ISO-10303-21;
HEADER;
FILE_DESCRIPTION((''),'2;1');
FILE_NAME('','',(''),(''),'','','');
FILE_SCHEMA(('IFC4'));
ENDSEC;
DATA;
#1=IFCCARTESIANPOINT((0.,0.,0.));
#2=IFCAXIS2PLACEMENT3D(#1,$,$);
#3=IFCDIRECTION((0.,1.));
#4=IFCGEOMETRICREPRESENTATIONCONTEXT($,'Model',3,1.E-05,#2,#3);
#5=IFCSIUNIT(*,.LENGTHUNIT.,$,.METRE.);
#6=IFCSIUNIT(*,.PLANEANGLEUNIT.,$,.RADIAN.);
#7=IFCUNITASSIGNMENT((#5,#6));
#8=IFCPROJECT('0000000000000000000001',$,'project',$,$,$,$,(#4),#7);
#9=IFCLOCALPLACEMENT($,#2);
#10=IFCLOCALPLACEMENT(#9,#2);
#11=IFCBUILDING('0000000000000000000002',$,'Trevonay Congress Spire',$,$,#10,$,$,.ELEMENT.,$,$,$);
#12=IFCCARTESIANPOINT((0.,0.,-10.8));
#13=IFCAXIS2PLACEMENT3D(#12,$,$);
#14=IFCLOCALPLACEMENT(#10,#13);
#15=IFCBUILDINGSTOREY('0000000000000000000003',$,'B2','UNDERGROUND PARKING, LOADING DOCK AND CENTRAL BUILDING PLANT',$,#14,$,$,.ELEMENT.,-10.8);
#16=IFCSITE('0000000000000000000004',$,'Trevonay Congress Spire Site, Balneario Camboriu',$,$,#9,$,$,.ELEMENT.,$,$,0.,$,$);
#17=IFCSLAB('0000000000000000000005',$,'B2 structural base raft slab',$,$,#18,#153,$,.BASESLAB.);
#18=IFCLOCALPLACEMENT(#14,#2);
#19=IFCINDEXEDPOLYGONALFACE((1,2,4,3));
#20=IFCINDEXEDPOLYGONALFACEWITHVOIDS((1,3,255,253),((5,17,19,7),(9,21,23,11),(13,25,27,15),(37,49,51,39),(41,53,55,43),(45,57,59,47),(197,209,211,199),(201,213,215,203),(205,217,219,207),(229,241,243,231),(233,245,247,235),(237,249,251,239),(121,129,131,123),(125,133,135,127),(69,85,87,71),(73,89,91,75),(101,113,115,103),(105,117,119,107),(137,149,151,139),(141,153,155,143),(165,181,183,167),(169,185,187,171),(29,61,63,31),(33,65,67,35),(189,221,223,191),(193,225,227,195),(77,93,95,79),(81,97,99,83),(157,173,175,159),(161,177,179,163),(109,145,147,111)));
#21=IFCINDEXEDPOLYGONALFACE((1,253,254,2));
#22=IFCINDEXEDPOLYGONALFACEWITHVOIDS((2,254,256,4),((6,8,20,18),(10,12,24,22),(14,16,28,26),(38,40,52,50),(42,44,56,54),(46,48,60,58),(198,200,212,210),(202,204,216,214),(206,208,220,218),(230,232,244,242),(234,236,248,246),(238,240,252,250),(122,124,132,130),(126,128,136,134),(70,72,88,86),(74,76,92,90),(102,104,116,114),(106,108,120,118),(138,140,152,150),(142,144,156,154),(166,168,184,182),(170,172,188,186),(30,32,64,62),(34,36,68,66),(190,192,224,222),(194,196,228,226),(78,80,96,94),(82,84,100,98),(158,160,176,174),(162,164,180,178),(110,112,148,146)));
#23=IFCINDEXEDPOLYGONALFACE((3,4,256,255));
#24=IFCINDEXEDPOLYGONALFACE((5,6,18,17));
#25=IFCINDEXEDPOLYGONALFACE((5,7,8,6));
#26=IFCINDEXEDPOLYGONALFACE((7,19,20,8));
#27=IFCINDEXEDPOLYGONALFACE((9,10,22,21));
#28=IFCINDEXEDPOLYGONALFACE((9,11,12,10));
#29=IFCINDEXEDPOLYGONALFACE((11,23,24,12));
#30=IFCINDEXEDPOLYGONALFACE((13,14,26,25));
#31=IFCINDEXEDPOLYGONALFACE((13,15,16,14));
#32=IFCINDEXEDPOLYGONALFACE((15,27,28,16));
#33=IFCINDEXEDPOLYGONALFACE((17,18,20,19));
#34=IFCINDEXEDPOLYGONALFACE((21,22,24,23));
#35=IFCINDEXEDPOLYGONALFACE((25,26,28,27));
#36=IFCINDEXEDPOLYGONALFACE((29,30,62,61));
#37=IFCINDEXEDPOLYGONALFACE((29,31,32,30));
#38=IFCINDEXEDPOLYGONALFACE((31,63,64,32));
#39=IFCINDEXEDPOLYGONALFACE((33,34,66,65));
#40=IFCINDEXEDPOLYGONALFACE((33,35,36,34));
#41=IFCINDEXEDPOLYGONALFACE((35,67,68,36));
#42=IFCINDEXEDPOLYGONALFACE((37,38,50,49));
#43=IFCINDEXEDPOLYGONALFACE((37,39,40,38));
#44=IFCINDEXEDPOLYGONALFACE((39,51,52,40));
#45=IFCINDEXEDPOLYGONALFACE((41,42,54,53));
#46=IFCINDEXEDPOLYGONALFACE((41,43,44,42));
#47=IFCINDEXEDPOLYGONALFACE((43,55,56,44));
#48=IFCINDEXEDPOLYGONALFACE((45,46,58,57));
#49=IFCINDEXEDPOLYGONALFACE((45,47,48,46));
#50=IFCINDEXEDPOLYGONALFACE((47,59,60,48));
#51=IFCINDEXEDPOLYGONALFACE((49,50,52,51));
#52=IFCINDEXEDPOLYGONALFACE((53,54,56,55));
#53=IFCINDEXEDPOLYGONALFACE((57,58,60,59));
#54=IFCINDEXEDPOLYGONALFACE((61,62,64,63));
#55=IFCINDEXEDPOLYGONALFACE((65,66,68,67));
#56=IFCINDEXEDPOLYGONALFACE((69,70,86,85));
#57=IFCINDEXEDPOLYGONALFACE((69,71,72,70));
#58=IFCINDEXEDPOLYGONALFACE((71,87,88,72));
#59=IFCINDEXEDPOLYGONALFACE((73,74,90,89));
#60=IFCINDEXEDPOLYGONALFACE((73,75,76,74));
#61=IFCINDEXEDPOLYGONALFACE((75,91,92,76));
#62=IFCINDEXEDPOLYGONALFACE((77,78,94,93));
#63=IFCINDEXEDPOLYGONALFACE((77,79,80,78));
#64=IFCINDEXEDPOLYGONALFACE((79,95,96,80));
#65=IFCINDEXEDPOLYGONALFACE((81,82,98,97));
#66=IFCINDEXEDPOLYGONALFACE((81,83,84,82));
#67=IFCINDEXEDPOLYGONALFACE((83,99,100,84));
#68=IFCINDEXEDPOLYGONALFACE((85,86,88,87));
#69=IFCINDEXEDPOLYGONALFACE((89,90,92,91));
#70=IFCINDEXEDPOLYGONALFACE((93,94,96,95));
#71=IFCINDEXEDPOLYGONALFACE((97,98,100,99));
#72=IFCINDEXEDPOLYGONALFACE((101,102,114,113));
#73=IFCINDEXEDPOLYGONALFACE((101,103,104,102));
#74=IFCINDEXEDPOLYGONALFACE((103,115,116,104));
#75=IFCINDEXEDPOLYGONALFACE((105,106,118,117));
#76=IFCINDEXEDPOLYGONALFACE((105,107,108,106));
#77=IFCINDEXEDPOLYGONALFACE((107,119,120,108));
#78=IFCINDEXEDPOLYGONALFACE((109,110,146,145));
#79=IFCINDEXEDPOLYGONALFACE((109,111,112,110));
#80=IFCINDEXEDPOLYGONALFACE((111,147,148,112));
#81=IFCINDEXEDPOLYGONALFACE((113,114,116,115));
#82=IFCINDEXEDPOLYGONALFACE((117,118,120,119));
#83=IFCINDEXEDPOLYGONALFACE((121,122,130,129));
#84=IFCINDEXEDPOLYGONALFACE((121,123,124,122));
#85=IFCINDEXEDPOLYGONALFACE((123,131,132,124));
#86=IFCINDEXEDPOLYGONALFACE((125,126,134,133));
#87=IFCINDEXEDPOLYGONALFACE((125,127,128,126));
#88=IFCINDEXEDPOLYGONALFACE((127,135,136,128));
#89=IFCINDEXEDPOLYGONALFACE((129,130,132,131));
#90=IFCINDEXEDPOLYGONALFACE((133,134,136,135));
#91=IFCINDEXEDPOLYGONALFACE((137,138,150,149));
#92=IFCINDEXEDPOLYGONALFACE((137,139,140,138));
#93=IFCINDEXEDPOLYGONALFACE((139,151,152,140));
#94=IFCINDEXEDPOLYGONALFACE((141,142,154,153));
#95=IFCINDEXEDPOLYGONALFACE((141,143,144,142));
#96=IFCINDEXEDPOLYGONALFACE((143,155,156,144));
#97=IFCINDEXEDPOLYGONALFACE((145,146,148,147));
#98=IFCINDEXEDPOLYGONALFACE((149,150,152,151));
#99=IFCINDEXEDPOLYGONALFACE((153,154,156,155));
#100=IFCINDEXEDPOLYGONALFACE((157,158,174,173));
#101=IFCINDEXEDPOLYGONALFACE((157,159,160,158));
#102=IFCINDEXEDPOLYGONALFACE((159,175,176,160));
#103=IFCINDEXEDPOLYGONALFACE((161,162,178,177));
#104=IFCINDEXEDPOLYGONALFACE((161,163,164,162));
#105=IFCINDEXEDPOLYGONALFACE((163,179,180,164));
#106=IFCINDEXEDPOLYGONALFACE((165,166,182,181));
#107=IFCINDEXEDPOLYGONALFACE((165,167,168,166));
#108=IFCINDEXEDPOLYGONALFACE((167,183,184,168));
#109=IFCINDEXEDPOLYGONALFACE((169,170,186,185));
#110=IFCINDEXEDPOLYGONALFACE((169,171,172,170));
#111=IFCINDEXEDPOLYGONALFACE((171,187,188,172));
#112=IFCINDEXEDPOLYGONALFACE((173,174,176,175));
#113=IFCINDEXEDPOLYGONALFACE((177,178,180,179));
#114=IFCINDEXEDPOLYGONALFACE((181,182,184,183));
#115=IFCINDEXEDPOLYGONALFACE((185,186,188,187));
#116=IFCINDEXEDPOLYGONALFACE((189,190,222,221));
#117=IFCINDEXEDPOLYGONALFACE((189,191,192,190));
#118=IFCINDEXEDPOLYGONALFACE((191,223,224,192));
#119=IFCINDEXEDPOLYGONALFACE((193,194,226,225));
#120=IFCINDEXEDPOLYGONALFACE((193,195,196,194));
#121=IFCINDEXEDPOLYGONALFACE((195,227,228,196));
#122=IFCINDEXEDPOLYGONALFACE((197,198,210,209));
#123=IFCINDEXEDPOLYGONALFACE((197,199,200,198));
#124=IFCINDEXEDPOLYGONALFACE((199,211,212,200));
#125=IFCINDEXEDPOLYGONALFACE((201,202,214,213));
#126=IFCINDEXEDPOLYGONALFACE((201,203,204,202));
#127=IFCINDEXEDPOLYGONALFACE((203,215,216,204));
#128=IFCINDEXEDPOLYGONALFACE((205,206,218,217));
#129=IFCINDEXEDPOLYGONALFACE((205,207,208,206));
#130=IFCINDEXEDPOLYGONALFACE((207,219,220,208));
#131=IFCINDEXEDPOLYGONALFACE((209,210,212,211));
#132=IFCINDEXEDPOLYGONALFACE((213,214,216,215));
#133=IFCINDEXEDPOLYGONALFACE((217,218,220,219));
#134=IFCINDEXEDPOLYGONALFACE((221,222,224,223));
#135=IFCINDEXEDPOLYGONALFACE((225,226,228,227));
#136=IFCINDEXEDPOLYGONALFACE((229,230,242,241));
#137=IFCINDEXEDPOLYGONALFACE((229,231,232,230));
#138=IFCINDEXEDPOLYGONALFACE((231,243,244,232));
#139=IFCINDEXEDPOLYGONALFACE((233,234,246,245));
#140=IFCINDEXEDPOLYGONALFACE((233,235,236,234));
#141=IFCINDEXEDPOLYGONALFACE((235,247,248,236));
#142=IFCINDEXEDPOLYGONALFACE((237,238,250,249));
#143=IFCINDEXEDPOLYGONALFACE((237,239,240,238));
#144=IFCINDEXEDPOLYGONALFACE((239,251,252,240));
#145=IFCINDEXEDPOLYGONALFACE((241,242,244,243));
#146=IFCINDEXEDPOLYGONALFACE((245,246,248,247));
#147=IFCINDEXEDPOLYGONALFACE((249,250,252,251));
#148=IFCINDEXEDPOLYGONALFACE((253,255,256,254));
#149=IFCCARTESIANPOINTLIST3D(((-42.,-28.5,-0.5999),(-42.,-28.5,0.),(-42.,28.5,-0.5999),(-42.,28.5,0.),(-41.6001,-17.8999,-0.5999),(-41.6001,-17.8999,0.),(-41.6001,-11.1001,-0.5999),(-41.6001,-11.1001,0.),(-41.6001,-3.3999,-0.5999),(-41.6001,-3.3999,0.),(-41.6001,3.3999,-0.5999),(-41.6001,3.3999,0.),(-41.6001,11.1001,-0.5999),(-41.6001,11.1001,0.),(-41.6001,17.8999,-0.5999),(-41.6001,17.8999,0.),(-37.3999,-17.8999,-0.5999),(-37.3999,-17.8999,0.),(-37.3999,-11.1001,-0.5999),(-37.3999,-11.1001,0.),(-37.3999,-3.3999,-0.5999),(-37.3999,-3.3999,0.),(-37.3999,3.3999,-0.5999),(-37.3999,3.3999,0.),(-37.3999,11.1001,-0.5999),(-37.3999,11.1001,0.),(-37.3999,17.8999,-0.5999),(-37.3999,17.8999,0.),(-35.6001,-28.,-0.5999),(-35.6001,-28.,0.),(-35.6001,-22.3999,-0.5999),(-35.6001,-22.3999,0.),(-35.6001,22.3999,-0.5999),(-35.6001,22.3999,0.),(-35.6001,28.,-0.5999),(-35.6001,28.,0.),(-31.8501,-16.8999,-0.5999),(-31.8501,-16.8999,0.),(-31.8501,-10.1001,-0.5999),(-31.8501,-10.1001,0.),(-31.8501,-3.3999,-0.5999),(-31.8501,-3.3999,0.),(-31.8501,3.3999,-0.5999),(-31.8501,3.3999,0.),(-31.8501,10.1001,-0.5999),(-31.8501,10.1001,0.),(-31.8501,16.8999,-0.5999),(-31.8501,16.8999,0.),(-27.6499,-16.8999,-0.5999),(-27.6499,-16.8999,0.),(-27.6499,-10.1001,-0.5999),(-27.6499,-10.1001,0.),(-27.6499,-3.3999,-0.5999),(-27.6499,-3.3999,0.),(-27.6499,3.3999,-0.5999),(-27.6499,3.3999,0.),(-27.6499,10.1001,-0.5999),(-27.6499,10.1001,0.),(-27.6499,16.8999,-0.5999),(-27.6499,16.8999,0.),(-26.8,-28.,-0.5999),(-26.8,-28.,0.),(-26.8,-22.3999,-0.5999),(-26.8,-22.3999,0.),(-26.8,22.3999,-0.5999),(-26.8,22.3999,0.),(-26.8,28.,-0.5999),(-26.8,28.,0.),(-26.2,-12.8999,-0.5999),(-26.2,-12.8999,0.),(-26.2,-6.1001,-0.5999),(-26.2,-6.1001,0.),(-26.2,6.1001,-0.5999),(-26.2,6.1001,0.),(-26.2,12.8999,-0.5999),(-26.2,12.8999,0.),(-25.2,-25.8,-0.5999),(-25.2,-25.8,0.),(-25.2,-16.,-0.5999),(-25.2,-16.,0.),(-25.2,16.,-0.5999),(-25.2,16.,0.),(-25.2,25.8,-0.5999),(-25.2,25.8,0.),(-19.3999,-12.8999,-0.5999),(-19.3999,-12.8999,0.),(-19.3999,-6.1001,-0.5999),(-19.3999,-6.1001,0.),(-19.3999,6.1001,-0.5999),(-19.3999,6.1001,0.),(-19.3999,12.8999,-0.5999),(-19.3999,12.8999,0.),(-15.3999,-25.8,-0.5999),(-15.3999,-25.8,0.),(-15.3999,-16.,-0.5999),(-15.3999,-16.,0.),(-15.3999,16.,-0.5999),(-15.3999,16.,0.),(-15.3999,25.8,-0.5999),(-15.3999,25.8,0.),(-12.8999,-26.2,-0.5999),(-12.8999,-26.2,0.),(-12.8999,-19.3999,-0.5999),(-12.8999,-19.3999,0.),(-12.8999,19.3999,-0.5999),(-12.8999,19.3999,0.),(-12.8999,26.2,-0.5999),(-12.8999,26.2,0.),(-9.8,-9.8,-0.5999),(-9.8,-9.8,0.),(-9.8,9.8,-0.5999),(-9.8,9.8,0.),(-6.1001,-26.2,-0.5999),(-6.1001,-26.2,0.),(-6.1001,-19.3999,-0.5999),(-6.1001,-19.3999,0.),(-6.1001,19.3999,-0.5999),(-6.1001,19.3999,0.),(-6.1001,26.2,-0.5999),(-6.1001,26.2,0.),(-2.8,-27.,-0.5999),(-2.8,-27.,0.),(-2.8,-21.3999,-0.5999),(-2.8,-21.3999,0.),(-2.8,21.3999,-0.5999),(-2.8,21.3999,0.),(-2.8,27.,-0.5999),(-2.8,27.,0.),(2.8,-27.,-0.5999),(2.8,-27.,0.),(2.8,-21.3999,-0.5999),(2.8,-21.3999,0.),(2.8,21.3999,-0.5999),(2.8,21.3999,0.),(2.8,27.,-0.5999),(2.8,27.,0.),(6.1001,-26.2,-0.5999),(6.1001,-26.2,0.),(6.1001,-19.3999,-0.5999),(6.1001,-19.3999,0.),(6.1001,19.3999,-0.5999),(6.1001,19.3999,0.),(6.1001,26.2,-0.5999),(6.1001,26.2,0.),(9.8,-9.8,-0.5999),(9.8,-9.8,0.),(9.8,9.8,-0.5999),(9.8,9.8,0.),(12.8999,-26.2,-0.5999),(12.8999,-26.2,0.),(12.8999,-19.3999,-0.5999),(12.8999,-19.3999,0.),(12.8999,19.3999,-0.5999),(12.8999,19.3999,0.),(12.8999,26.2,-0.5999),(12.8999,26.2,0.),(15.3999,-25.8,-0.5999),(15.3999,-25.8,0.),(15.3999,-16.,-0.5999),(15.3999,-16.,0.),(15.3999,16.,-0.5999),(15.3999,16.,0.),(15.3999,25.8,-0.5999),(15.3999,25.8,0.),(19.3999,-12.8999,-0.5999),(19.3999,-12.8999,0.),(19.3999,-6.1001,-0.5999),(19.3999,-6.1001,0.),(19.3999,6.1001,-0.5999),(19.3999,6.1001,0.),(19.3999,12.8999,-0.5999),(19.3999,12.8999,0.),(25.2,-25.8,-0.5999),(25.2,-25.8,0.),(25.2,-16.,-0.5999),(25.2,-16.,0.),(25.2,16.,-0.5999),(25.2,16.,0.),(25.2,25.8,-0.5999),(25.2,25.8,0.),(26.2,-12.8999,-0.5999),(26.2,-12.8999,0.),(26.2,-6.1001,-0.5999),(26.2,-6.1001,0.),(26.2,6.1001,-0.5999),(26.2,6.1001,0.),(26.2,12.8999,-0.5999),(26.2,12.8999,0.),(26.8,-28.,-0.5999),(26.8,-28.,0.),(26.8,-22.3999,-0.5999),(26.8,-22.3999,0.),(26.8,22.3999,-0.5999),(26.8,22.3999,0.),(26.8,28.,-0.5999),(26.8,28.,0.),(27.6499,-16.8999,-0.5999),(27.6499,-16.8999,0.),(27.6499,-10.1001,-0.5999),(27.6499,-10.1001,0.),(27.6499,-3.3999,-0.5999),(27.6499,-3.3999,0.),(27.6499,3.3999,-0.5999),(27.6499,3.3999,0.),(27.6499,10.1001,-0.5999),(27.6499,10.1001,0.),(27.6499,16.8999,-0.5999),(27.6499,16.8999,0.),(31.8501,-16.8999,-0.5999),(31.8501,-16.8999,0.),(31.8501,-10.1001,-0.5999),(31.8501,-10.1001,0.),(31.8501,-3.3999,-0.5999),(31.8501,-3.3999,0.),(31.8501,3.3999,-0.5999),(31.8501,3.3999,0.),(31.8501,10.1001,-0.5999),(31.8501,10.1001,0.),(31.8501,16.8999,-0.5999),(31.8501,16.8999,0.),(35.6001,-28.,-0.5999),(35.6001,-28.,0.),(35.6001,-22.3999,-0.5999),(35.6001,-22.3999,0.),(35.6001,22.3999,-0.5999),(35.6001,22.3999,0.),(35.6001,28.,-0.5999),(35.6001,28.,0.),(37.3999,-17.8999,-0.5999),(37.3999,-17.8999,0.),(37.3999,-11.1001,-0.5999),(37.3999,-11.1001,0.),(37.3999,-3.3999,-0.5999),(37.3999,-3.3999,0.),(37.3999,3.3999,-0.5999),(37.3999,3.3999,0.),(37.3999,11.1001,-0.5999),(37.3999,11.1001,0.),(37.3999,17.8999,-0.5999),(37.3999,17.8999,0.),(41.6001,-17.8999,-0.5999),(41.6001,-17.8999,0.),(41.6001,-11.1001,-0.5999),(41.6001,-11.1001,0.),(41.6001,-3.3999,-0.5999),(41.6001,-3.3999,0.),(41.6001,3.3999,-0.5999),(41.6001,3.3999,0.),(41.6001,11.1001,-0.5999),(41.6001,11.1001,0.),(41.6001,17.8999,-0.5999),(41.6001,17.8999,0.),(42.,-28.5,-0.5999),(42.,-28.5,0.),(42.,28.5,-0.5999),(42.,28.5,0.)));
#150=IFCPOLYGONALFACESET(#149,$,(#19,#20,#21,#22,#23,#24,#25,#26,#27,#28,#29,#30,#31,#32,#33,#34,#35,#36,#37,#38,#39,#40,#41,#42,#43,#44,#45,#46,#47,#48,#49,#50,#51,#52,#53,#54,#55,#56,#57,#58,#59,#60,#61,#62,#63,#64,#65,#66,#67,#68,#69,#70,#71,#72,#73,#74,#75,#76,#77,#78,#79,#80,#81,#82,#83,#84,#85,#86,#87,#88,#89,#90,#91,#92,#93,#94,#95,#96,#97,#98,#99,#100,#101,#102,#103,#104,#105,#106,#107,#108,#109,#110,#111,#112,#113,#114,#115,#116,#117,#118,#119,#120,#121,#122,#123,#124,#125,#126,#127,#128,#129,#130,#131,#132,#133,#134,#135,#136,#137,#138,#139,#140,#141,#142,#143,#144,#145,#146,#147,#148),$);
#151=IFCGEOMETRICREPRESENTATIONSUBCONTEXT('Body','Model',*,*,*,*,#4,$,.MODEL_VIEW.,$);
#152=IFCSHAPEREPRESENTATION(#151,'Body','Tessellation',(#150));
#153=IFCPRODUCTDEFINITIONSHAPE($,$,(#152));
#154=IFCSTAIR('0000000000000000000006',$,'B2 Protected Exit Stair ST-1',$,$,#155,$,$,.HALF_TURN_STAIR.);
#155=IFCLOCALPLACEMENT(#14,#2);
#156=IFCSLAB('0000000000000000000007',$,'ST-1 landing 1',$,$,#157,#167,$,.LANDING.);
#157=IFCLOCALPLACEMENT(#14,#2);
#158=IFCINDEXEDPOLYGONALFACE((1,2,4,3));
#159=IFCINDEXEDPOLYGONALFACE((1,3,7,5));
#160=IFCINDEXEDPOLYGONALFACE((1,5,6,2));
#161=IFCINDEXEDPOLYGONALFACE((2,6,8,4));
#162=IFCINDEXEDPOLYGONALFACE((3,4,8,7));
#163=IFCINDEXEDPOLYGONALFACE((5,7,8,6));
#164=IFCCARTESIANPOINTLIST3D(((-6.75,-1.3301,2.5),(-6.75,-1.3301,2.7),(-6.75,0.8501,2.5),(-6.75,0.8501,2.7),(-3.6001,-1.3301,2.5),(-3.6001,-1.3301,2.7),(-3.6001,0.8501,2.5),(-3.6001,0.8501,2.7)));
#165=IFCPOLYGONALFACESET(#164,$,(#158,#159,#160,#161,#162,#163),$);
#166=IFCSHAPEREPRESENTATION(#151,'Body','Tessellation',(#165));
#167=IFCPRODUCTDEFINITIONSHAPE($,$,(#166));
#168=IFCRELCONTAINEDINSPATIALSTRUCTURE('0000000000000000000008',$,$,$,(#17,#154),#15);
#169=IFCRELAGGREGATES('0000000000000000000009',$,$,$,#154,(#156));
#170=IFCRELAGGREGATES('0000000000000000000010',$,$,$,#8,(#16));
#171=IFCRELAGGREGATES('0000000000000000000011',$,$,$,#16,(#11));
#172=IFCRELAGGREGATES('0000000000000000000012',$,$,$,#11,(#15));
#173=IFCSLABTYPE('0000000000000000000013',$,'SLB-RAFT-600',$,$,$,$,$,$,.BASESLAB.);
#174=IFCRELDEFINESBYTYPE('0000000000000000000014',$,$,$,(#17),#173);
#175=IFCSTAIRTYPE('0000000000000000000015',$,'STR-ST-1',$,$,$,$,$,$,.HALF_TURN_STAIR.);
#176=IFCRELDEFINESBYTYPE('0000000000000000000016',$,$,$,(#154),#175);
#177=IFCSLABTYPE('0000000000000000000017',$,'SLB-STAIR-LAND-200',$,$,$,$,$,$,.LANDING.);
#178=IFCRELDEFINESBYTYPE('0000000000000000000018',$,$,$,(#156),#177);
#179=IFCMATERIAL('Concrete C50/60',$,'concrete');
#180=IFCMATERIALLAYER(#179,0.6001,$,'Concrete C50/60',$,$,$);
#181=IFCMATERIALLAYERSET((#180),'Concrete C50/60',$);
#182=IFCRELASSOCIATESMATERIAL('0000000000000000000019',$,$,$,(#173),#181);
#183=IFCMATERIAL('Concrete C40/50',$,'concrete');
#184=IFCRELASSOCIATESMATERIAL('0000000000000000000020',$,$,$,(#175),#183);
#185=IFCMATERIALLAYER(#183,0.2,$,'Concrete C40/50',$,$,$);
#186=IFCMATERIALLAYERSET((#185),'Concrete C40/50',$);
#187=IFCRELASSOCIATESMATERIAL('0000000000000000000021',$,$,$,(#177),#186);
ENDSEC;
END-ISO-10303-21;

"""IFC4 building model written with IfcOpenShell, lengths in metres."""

from ifc_helpers import new_model, si_unit, direction, frame, origin, place, context, subcontext, project, spatial, polyline, outline, extrude, material, layer, layer_set, type_object, element, aggregate, save


model = new_model("IFC4")

# Units and contexts
model_context = context("Model", 3, precision=1e-05, world=origin(), true_north=direction((0.0, 1.0)))
body_context = subcontext(model_context, "Body", "Model", "MODEL_VIEW")
ifc_project = project(units=[si_unit("LENGTHUNIT", "METRE"), si_unit("PLANEANGLEUNIT", "RADIAN")], contexts=[model_context])

# Site, building, storey
site_placement = place(None, origin())
site = spatial("IfcSite", under=ifc_project, at=site_placement, Name="Trevonay Congress Spire Site, Balneario Camboriu", CompositionType="ELEMENT", RefElevation=0.0)
building_placement = place(site_placement, origin())
building = spatial("IfcBuilding", under=site, at=building_placement, Name="Trevonay Congress Spire", CompositionType="ELEMENT")
storey_placement = place(building_placement, frame((0.0, 0.0, -10.8)))
storey = spatial("IfcBuildingStorey", under=building, at=storey_placement, Name="B2", Description="UNDERGROUND PARKING, LOADING DOCK AND CENTRAL BUILDING PLANT", CompositionType="ELEMENT", Elevation=-10.8)

# Shared definitions
ifc_material_1 = material(Name="Concrete C50/60", Category="concrete")

# Slab
ifc_layer_1 = layer(ifc_material_1, 0.6001, Name="Concrete C50/60")
ifc_layer_set_1 = layer_set([ifc_layer_1], Name="Concrete C50/60")
slab_type_1 = type_object("IfcSlabType", Name="SLB-RAFT-600", PredefinedType="BASESLAB", material=ifc_layer_set_1)
slab_1_placement = place(storey_placement, frame((0.0, 0.0, -0.5999)))
element("IfcSlab", 1, at=slab_1_placement, inside=storey, type_object=slab_type_1, Name="B2 structural base raft slab", PredefinedType="BASESLAB", context=body_context, shape_type="SweptSolid", body=[
    extrude(outline(polyline([(-42.0, -28.5), (42.0, -28.5), (42.0, 28.5), (-42.0, 28.5), (-42.0, -28.5)]), holes=[polyline([(-9.8, -9.8), (9.8, -9.8), (9.8, 9.8), (-9.8, 9.8), (-9.8, -9.8)]), polyline([(-12.8999, -26.2), (-6.1001, -26.2), (-6.1001, -19.3999), (-12.8999, -19.3999), (-12.8999, -26.2)]), polyline([(6.1001, -26.2), (12.8999, -26.2), (12.8999, -19.3999), (6.1001, -19.3999), (6.1001, -26.2)]), polyline([(-12.8999, 19.3999), (-6.1001, 19.3999), (-6.1001, 26.2), (-12.8999, 26.2), (-12.8999, 19.3999)]), polyline([(6.1001, 19.3999), (12.8999, 19.3999), (12.8999, 26.2), (6.1001, 26.2), (6.1001, 19.3999)]), polyline([(-26.2, -12.8999), (-19.3999, -12.8999), (-19.3999, -6.1001), (-26.2, -6.1001), (-26.2, -12.8999)]), polyline([(-26.2, 6.1001), (-19.3999, 6.1001), (-19.3999, 12.8999), (-26.2, 12.8999), (-26.2, 6.1001)]), polyline([(19.3999, -12.8999), (26.2, -12.8999), (26.2, -6.1001), (19.3999, -6.1001), (19.3999, -12.8999)]), polyline([(19.3999, 6.1001), (26.2, 6.1001), (26.2, 12.8999), (19.3999, 12.8999), (19.3999, 6.1001)]), polyline([(-25.2, -25.8), (-15.3999, -25.8), (-15.3999, -16.0), (-25.2, -16.0), (-25.2, -25.8)]), polyline([(15.3999, -25.8), (25.2, -25.8), (25.2, -16.0), (15.3999, -16.0), (15.3999, -25.8)]), polyline([(15.3999, 16.0), (25.2, 16.0), (25.2, 25.8), (15.3999, 25.8), (15.3999, 16.0)]), polyline([(-25.2, 16.0), (-15.3999, 16.0), (-15.3999, 25.8), (-25.2, 25.8), (-25.2, 16.0)]), polyline([(-2.8, -27.0), (2.8, -27.0), (2.8, -21.3999), (-2.8, -21.3999), (-2.8, -27.0)]), polyline([(-2.8, 21.3999), (2.8, 21.3999), (2.8, 27.0), (-2.8, 27.0), (-2.8, 21.3999)]), polyline([(-41.6001, -17.8999), (-37.3999, -17.8999), (-37.3999, -11.1001), (-41.6001, -11.1001), (-41.6001, -17.8999)]), polyline([(37.3999, -17.8999), (41.6001, -17.8999), (41.6001, -11.1001), (37.3999, -11.1001), (37.3999, -17.8999)]), polyline([(-41.6001, -3.3999), (-37.3999, -3.3999), (-37.3999, 3.3999), (-41.6001, 3.3999), (-41.6001, -3.3999)]), polyline([(37.3999, -3.3999), (41.6001, -3.3999), (41.6001, 3.3999), (37.3999, 3.3999), (37.3999, -3.3999)]), polyline([(-41.6001, 11.1001), (-37.3999, 11.1001), (-37.3999, 17.8999), (-41.6001, 17.8999), (-41.6001, 11.1001)]), polyline([(37.3999, 11.1001), (41.6001, 11.1001), (41.6001, 17.8999), (37.3999, 17.8999), (37.3999, 11.1001)]), polyline([(-31.8501, -16.8999), (-27.6499, -16.8999), (-27.6499, -10.1001), (-31.8501, -10.1001), (-31.8501, -16.8999)]), polyline([(-31.8501, -3.3999), (-27.6499, -3.3999), (-27.6499, 3.3999), (-31.8501, 3.3999), (-31.8501, -3.3999)]), polyline([(-31.8501, 10.1001), (-27.6499, 10.1001), (-27.6499, 16.8999), (-31.8501, 16.8999), (-31.8501, 10.1001)]), polyline([(27.6499, -16.8999), (31.8501, -16.8999), (31.8501, -10.1001), (27.6499, -10.1001), (27.6499, -16.8999)]), polyline([(27.6499, -3.3999), (31.8501, -3.3999), (31.8501, 3.3999), (27.6499, 3.3999), (27.6499, -3.3999)]), polyline([(27.6499, 10.1001), (31.8501, 10.1001), (31.8501, 16.8999), (27.6499, 16.8999), (27.6499, 10.1001)]), polyline([(-35.6001, -28.0), (-26.8, -28.0), (-26.8, -22.3999), (-35.6001, -22.3999), (-35.6001, -28.0)]), polyline([(-35.6001, 22.3999), (-26.8, 22.3999), (-26.8, 28.0), (-35.6001, 28.0), (-35.6001, 22.3999)]), polyline([(26.8, 22.3999), (35.6001, 22.3999), (35.6001, 28.0), (26.8, 28.0), (26.8, 22.3999)]), polyline([(26.8, -28.0), (35.6001, -28.0), (35.6001, -22.3999), (26.8, -22.3999), (26.8, -28.0)])]), origin(), (0.0, 0.0, 1.0), 0.5999),
])

# Stair, slab
ifc_material_2 = material(Name="Concrete C40/50", Category="concrete")
stair_type_1 = type_object("IfcStairType", Name="STR-ST-1", PredefinedType="HALF_TURN_STAIR", material=ifc_material_2)
stair_1_placement = place(storey_placement, origin())
stair_1 = element("IfcStair", 2, at=stair_1_placement, inside=storey, type_object=stair_type_1, Name="B2 Protected Exit Stair ST-1", PredefinedType="HALF_TURN_STAIR")
ifc_layer_2 = layer(ifc_material_2, 0.2, Name="Concrete C40/50")
ifc_layer_set_2 = layer_set([ifc_layer_2], Name="Concrete C40/50")
slab_type_2 = type_object("IfcSlabType", Name="SLB-STAIR-LAND-200", PredefinedType="LANDING", material=ifc_layer_set_2)
slab_2_placement = place(storey_placement, frame((0.0, 0.0, 2.5)))
slab_2 = element("IfcSlab", 3, at=slab_2_placement, type_object=slab_type_2, Name="ST-1 landing 1", PredefinedType="LANDING", context=body_context, shape_type="SweptSolid", body=[
    extrude(outline(polyline([(-3.6001, -1.3301), (-3.6001, 0.8501), (-6.75, 0.8501), (-6.75, -1.3301), (-3.6001, -1.3301)])), origin(), (0.0, 0.0, 1.0), 0.2),
])
aggregate(stair_1, [slab_2])

save(model, "model.ifc")
